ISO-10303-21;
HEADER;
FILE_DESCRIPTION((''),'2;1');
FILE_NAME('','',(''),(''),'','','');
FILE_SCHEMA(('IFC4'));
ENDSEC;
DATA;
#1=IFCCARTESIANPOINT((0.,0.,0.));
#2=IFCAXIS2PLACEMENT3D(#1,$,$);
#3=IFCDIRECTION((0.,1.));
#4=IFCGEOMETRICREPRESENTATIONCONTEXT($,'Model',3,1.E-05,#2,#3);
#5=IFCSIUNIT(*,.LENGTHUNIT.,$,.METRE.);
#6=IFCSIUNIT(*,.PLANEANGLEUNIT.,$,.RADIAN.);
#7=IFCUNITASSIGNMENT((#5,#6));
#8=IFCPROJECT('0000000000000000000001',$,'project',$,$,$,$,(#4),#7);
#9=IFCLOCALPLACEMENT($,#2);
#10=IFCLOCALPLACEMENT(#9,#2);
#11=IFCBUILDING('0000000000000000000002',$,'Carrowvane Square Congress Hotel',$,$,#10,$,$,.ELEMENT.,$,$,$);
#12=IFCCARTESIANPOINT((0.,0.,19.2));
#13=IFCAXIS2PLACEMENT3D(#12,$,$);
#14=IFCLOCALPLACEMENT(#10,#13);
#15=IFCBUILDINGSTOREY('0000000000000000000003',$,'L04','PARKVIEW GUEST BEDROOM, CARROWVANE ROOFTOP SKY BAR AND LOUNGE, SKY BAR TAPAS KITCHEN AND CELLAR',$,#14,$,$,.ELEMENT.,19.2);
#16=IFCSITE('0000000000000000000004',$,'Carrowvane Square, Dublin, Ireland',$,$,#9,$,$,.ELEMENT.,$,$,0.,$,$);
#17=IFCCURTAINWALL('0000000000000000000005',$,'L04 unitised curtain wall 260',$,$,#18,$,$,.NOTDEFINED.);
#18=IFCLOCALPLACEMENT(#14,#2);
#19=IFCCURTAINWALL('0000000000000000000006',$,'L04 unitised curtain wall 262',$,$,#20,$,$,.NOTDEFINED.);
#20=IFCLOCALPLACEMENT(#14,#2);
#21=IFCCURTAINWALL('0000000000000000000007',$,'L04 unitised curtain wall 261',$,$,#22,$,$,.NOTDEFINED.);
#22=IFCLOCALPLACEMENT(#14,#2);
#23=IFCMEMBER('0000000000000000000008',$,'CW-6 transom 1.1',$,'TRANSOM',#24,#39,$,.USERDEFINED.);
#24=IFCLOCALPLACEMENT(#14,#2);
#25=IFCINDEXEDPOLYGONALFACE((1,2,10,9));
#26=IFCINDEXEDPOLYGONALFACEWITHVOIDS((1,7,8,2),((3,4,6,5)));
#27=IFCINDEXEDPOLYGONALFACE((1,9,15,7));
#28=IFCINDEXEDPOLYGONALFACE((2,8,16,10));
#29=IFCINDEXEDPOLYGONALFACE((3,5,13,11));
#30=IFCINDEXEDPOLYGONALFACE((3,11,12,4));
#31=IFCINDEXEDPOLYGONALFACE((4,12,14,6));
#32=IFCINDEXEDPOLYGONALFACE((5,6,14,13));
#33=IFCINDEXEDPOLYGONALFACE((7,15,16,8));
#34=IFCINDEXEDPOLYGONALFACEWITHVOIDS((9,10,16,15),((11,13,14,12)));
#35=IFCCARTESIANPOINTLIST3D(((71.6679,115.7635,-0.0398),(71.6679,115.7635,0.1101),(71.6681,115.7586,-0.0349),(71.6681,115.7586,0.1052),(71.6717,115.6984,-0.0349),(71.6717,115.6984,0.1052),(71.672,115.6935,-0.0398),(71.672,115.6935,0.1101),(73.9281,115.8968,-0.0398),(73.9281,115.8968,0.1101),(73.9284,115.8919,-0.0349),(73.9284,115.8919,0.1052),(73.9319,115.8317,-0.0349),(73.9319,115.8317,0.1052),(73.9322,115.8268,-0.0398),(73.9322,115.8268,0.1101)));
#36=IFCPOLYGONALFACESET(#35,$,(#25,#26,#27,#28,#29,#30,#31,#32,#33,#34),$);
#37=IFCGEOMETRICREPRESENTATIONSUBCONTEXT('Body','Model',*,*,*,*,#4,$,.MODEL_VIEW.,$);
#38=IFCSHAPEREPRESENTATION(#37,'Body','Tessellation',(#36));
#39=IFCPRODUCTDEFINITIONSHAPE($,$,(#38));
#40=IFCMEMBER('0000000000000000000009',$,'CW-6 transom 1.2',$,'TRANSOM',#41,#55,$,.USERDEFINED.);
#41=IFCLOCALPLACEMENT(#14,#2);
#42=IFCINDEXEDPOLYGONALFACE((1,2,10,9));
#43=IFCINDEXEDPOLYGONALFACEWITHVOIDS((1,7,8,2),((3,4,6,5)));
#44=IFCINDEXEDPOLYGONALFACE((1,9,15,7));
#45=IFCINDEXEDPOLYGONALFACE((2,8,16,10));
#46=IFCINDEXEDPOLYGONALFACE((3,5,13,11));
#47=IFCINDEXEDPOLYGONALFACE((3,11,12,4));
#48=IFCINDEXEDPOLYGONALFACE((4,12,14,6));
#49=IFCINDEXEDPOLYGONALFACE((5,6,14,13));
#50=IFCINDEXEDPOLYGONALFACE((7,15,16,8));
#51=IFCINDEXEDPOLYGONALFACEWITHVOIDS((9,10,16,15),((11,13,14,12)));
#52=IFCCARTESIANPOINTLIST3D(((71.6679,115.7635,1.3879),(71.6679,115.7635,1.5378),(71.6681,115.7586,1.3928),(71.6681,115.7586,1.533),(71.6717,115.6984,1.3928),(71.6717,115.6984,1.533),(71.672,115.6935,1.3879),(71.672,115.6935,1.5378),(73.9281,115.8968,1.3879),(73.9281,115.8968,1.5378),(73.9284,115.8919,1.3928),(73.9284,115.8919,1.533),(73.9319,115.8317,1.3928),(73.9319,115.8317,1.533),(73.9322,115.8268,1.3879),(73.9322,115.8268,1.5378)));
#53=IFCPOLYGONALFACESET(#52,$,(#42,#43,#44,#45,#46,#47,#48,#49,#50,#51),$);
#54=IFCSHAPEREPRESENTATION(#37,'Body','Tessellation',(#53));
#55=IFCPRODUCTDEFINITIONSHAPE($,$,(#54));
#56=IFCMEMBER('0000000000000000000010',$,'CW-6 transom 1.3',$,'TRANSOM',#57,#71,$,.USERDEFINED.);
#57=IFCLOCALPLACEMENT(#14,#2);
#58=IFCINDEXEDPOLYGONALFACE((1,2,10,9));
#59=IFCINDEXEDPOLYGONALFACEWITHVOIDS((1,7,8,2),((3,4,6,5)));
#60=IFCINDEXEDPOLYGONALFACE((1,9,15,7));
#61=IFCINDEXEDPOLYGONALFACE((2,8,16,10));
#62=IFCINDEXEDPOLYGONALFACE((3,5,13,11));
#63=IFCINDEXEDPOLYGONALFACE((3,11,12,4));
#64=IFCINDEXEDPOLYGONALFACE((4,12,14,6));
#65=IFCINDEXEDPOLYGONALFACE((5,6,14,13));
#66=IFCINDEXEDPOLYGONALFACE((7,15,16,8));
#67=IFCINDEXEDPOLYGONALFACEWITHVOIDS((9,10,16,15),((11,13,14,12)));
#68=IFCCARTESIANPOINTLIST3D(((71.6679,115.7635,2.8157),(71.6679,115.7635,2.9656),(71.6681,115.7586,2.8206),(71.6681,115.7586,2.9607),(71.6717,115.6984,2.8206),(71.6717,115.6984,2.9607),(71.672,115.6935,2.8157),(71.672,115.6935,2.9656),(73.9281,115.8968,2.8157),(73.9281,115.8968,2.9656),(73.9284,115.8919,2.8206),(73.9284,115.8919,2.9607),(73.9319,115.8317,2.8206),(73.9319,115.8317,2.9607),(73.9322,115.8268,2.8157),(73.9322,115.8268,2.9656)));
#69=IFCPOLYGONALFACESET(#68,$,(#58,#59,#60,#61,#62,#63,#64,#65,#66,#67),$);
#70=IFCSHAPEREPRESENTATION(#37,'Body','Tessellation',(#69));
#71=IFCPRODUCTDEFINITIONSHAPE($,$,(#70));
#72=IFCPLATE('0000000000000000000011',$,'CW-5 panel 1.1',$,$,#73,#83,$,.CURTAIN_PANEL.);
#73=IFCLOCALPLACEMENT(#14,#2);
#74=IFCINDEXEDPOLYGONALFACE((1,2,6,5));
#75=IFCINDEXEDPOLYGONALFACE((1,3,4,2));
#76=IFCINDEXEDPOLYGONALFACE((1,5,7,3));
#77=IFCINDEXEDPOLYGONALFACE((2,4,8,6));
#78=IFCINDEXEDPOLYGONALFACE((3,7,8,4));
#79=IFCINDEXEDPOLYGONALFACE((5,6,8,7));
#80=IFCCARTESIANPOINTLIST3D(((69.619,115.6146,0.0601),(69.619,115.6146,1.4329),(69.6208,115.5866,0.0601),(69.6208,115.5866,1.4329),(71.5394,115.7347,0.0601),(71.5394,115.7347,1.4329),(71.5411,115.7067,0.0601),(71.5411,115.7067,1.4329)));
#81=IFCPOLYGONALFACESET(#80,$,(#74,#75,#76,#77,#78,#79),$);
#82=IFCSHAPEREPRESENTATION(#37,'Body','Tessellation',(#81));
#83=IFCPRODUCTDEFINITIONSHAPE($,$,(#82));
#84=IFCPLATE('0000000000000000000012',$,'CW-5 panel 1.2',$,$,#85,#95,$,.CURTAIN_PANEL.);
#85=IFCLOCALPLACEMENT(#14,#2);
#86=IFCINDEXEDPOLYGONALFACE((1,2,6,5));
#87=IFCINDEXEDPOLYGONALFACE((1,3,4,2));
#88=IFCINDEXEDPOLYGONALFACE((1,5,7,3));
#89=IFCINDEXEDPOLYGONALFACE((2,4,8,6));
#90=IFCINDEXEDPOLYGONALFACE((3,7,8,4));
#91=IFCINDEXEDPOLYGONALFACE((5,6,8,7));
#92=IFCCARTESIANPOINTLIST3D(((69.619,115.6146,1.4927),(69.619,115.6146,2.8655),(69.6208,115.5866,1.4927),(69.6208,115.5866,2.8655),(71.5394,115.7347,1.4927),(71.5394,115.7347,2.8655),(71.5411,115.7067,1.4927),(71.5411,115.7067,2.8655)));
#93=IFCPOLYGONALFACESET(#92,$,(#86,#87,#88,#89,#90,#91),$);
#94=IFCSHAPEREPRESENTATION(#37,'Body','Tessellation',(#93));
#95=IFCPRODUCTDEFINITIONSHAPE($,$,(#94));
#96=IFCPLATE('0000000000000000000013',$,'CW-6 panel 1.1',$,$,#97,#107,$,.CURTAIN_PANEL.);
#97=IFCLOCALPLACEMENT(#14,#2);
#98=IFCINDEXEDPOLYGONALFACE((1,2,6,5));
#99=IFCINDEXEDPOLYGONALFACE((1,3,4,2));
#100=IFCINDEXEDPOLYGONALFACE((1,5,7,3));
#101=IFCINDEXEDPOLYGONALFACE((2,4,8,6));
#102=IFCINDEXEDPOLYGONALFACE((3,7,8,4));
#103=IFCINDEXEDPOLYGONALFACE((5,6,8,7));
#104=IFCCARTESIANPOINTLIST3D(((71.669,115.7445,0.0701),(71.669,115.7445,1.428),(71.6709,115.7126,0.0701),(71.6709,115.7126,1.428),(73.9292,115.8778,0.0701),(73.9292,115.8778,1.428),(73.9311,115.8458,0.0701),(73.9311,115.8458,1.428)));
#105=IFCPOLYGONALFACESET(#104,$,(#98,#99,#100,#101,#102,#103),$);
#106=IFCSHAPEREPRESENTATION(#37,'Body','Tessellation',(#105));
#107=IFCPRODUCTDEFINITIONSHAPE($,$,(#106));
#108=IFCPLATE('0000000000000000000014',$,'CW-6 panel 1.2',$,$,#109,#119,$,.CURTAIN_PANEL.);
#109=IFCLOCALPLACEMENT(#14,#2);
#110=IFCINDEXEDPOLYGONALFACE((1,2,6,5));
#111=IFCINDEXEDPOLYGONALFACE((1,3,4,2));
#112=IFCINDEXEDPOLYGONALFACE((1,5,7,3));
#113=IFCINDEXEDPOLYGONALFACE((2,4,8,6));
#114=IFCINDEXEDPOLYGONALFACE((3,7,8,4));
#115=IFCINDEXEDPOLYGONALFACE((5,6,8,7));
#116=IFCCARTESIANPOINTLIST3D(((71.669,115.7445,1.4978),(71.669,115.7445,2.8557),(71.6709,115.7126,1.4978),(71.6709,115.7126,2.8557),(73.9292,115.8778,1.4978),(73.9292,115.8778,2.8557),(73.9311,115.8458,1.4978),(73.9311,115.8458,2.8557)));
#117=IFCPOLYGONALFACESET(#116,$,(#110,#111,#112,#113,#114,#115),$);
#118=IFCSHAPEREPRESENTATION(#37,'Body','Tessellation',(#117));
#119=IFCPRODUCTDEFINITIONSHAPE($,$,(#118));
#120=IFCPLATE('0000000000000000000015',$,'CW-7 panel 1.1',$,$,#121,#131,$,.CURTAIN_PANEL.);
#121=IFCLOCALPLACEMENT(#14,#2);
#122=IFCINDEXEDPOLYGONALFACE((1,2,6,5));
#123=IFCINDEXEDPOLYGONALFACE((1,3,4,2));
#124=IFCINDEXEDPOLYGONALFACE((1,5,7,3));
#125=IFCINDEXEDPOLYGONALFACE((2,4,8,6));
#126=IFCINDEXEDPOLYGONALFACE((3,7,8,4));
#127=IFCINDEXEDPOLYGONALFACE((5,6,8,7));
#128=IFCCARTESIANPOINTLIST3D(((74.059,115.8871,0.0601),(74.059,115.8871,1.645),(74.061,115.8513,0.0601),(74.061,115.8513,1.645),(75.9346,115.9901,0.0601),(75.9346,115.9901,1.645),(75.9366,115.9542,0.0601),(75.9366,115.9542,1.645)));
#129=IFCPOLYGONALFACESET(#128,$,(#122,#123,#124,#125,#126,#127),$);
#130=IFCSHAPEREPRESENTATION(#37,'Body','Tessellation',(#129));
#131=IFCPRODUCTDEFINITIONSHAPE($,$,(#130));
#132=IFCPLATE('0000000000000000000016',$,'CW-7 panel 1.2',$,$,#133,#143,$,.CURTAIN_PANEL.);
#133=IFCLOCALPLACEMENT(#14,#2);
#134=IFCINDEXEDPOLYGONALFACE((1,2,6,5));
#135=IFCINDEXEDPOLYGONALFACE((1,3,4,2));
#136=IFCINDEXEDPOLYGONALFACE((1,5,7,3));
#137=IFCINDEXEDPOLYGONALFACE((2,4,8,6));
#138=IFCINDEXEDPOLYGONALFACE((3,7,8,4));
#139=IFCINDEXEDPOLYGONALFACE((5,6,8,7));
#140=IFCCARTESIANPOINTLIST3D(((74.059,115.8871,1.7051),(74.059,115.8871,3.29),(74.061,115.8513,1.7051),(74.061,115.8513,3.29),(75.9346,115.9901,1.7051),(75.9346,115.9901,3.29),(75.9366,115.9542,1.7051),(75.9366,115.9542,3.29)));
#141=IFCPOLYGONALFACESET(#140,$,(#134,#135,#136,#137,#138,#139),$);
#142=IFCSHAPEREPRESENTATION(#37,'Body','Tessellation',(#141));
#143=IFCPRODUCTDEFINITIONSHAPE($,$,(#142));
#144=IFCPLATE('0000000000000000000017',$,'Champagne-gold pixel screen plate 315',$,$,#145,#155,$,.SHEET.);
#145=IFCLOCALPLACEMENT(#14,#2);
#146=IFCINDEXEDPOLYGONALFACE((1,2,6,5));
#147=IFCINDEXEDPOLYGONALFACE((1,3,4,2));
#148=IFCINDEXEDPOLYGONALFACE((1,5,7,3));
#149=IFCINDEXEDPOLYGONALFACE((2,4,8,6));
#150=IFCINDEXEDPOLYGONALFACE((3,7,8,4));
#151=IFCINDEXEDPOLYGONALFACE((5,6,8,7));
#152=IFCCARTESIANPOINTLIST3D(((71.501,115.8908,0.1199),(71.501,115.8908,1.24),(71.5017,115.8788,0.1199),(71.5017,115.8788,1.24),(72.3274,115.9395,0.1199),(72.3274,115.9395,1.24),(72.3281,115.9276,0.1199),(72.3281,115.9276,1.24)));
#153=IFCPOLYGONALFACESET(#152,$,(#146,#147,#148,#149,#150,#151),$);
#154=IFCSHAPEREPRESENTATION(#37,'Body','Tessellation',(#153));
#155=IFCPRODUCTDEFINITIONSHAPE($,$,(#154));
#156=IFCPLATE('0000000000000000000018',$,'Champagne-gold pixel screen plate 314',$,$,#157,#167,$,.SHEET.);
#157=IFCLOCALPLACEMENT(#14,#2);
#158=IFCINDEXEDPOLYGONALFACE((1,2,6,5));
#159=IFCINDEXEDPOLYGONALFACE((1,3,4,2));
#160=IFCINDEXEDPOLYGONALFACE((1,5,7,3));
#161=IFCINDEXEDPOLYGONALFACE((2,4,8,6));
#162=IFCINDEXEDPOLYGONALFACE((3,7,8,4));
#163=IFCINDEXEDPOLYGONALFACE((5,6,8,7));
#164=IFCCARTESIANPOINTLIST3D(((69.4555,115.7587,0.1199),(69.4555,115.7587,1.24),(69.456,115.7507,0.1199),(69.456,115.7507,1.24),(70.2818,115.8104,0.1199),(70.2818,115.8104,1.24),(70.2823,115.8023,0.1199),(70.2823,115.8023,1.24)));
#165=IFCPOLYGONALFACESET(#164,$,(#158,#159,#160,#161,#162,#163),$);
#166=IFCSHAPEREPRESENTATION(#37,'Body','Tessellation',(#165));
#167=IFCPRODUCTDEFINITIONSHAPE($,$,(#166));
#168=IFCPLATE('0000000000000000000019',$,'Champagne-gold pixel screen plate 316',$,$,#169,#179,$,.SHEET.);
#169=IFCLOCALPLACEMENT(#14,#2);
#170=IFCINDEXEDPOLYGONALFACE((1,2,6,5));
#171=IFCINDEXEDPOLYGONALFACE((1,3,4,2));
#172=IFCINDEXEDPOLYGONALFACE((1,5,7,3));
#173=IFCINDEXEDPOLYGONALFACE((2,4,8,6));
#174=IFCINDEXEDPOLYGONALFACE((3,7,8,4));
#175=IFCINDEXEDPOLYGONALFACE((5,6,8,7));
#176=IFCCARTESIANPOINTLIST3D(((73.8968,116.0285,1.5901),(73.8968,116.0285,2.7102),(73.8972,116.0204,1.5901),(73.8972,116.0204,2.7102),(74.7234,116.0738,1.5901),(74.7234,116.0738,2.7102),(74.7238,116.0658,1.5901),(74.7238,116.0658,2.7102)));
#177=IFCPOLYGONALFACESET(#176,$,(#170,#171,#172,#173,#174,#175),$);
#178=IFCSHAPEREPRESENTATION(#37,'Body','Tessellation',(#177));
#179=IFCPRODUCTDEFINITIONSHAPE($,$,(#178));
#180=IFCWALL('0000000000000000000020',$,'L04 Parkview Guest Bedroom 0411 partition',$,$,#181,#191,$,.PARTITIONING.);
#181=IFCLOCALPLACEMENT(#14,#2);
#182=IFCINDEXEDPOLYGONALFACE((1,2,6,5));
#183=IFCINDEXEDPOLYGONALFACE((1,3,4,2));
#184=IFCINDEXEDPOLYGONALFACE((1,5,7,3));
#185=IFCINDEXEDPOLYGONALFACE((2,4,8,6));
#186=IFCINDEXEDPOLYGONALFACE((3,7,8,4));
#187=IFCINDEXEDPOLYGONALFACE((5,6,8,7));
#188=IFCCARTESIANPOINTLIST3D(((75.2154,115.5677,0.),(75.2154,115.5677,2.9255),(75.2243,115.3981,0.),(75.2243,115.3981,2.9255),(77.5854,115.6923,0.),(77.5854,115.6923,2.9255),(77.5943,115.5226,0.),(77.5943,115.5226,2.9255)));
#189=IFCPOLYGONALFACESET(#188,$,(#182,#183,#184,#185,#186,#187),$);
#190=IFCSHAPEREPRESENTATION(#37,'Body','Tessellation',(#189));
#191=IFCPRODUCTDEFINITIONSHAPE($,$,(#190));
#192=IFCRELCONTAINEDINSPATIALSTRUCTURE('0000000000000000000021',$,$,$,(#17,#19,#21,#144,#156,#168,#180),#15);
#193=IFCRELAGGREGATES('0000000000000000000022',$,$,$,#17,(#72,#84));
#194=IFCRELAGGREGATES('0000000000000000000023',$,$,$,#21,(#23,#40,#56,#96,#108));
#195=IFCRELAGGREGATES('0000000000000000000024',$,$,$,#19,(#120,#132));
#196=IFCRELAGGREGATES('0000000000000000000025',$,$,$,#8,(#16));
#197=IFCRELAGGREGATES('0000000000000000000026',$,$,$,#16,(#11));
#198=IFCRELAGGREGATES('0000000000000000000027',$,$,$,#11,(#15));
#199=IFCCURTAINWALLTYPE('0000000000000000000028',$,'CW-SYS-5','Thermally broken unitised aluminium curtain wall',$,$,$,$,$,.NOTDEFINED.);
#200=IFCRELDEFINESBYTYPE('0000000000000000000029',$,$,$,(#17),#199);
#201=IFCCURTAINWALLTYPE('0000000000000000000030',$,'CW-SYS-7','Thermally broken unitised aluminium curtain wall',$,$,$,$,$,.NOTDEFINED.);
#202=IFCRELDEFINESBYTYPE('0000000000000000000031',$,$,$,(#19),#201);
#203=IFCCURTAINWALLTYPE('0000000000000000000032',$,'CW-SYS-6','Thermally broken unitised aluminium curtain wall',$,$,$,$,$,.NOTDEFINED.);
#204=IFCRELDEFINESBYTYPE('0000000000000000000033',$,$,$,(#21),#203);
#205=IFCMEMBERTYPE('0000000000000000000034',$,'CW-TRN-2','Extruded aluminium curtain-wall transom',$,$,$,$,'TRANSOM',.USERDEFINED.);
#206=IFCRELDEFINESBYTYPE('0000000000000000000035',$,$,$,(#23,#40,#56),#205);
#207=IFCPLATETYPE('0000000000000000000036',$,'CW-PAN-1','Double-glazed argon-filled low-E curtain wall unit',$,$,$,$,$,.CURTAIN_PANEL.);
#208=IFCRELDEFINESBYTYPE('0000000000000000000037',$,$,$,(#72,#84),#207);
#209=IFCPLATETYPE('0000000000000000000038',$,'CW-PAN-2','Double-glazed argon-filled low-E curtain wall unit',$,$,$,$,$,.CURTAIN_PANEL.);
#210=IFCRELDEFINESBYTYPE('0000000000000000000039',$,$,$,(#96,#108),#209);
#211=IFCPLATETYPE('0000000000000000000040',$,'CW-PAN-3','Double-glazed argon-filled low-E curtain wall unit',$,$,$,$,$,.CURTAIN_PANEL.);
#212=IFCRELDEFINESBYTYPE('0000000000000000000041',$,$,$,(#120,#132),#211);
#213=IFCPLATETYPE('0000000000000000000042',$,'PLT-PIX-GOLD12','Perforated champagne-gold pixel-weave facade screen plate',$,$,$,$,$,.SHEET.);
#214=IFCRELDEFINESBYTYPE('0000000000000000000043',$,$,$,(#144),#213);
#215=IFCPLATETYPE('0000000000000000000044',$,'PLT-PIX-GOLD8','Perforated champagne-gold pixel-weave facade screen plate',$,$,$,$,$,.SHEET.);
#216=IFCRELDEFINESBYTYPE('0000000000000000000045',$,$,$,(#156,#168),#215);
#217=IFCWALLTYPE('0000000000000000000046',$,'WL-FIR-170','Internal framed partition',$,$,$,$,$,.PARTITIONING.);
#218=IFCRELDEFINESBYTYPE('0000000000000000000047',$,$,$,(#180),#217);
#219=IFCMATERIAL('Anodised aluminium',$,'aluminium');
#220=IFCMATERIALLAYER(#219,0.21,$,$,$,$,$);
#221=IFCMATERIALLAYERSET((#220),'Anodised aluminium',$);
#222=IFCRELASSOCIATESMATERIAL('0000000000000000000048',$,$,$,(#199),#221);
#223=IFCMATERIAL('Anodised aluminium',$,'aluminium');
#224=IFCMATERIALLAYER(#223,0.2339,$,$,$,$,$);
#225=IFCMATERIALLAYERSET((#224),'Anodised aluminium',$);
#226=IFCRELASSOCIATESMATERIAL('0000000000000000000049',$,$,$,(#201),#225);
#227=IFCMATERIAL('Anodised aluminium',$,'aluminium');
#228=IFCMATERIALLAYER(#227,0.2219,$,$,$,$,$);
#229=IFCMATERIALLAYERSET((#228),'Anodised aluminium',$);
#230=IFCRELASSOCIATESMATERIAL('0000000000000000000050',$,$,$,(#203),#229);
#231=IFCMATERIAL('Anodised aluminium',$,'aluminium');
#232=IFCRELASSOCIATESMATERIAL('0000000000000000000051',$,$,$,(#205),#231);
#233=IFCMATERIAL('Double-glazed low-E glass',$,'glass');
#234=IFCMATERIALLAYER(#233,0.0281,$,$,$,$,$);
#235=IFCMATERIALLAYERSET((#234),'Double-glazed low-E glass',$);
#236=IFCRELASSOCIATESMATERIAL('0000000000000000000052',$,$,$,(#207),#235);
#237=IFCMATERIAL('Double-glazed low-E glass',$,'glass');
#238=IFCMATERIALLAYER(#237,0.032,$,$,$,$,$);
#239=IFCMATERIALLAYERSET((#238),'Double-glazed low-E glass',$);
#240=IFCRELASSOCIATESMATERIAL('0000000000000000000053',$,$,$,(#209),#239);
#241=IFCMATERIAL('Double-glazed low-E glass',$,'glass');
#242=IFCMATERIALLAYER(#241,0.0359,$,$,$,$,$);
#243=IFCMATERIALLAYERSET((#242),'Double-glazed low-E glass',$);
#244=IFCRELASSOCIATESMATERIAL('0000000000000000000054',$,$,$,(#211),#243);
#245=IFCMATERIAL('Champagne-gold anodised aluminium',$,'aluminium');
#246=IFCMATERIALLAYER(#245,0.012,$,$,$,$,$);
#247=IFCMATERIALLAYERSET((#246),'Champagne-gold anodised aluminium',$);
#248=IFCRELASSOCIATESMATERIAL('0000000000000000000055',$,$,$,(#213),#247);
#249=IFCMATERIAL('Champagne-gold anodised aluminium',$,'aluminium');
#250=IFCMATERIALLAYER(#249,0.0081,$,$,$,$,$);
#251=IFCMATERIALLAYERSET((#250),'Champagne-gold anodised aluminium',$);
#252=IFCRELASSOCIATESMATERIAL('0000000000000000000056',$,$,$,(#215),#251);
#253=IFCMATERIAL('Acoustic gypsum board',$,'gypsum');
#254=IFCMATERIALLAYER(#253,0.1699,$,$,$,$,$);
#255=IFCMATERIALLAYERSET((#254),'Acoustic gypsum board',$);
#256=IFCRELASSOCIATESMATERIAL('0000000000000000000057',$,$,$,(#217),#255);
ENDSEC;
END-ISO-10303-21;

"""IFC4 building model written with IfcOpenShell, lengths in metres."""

from ifc_helpers import new_model, si_unit, direction, frame, frame_2d, origin, origin_2d, place, context, subcontext, project, spatial, rectangle, hollow_rectangle, extrude, material, layer, layer_set, material_profile, profile_set, type_object, element, aggregate, save


model = new_model("IFC4")

# Units and contexts
model_context = context("Model", 3, precision=1e-05, world=origin(), true_north=direction((0.0, 1.0)))
body_context = subcontext(model_context, "Body", "Model", "MODEL_VIEW")
ifc_project = project(units=[si_unit("LENGTHUNIT", "METRE"), si_unit("PLANEANGLEUNIT", "RADIAN")], contexts=[model_context])

# Site, building, storey
site_placement = place(None, origin())
site = spatial("IfcSite", under=ifc_project, at=site_placement, Name="Carrowvane Square, Dublin, Ireland", CompositionType="ELEMENT", RefElevation=0.0)
building_placement = place(site_placement, origin())
building = spatial("IfcBuilding", under=site, at=building_placement, Name="Carrowvane Square Congress Hotel", CompositionType="ELEMENT")
storey_placement = place(building_placement, frame((0.0, 0.0, 19.2)))
storey = spatial("IfcBuildingStorey", under=building, at=storey_placement, Name="L04", Description="PARKVIEW GUEST BEDROOM, CARROWVANE ROOFTOP SKY BAR AND LOUNGE, SKY BAR TAPAS KITCHEN AND CELLAR", CompositionType="ELEMENT", Elevation=19.2)

# Curtain walls
ifc_material_1 = material(Name="Anodised aluminium", Category="aluminium")
ifc_layer_1 = layer(ifc_material_1, 0.21)
ifc_layer_set_1 = layer_set([ifc_layer_1], Name="Anodised aluminium")
curtain_wall_type_1 = type_object("IfcCurtainWallType", Name="CW-SYS-5", Description="Thermally broken unitised aluminium curtain wall", PredefinedType="NOTDEFINED", material=ifc_layer_set_1)
curtain_wall_1_placement = place(storey_placement, origin())
curtain_wall_1 = element("IfcCurtainWall", 1, at=curtain_wall_1_placement, inside=storey, type_object=curtain_wall_type_1, Name="L04 unitised curtain wall 260", PredefinedType="NOTDEFINED")
ifc_material_2 = material(Name="Anodised aluminium", Category="aluminium")
ifc_layer_2 = layer(ifc_material_2, 0.2339)
ifc_layer_set_2 = layer_set([ifc_layer_2], Name="Anodised aluminium")
curtain_wall_type_2 = type_object("IfcCurtainWallType", Name="CW-SYS-7", Description="Thermally broken unitised aluminium curtain wall", PredefinedType="NOTDEFINED", material=ifc_layer_set_2)
curtain_wall_2_placement = place(storey_placement, origin())
curtain_wall_2 = element("IfcCurtainWall", 2, at=curtain_wall_2_placement, inside=storey, type_object=curtain_wall_type_2, Name="L04 unitised curtain wall 262", PredefinedType="NOTDEFINED")

# Curtain wall
ifc_material_3 = material(Name="Anodised aluminium", Category="aluminium")
ifc_layer_3 = layer(ifc_material_3, 0.2219)
ifc_layer_set_3 = layer_set([ifc_layer_3], Name="Anodised aluminium")
curtain_wall_type_3 = type_object("IfcCurtainWallType", Name="CW-SYS-6", Description="Thermally broken unitised aluminium curtain wall", PredefinedType="NOTDEFINED", material=ifc_layer_set_3)
curtain_wall_3_placement = place(storey_placement, origin())
curtain_wall_3 = element("IfcCurtainWall", 3, at=curtain_wall_3_placement, inside=storey, type_object=curtain_wall_type_3, Name="L04 unitised curtain wall 261", PredefinedType="NOTDEFINED")

# Members
ifc_material_4 = material(Name="Anodised aluminium", Category="aluminium")
ifc_material_profile_1 = material_profile(ifc_material_4, hollow_rectangle(XDim=0.0701, YDim=0.1499, WallThickness=0.0049, at=origin_2d()), Name="CW-TR 70x150x5")
ifc_profile_set_1 = profile_set([ifc_material_profile_1], Name="Anodised aluminium")
member_type_1 = type_object("IfcMemberType", Name="CW-TRN-2", Description="Extruded aluminium curtain-wall transom", ElementType="TRANSOM", PredefinedType="USERDEFINED", material=ifc_profile_set_1)
member_1_placement = place(storey_placement, frame((71.6699, 115.7285, 0.0352), z_axis=(0.998265, 0.058874, 0.0), x_axis=(-0.058874, 0.998265, 0.0)))
member_1 = element("IfcMember", 4, at=member_1_placement, type_object=member_type_1, Name="CW-6 transom 1.1", ObjectType="TRANSOM", PredefinedType="USERDEFINED", context=body_context, shape_type="SweptSolid", body=[
    extrude(hollow_rectangle(XDim=0.0701, YDim=0.1499, WallThickness=0.0049, at=origin_2d()), origin(), (0.0, 0.0, 1.0), 2.2642),
])
member_2_placement = place(storey_placement, frame((71.6699, 115.7285, 1.4629), z_axis=(0.998265, 0.058874, 0.0), x_axis=(-0.058874, 0.998265, 0.0)))
member_2 = element("IfcMember", 5, at=member_2_placement, type_object=member_type_1, Name="CW-6 transom 1.2", ObjectType="TRANSOM", PredefinedType="USERDEFINED", context=body_context, shape_type="SweptSolid", body=[
    extrude(hollow_rectangle(XDim=0.0701, YDim=0.1499, WallThickness=0.0049, at=origin_2d()), origin(), (0.0, 0.0, 1.0), 2.2642),
])
member_3_placement = place(storey_placement, frame((71.6699, 115.7285, 2.8906), z_axis=(0.998265, 0.058874, 0.0), x_axis=(-0.058874, 0.998265, 0.0)))
member_3 = element("IfcMember", 6, at=member_3_placement, type_object=member_type_1, Name="CW-6 transom 1.3", ObjectType="TRANSOM", PredefinedType="USERDEFINED", context=body_context, shape_type="SweptSolid", body=[
    extrude(hollow_rectangle(XDim=0.0701, YDim=0.1499, WallThickness=0.0049, at=origin_2d()), origin(), (0.0, 0.0, 1.0), 2.2642),
])

# Plates
ifc_material_5 = material(Name="Double-glazed low-E glass", Category="glass")
ifc_layer_4 = layer(ifc_material_5, 0.0281)
ifc_layer_set_4 = layer_set([ifc_layer_4], Name="Double-glazed low-E glass")
plate_type_1 = type_object("IfcPlateType", Name="CW-PAN-1", Description="Double-glazed argon-filled low-E curtain wall unit", PredefinedType="CURTAIN_PANEL", material=ifc_layer_set_4)
plate_1_placement = place(storey_placement, frame((70.5801, 115.6606, 0.0601), z_axis=(0.0, 0.0, 1.0), x_axis=(0.998051, 0.062397, 0.0)))
plate_1 = element("IfcPlate", 7, at=plate_1_placement, type_object=plate_type_1, Name="CW-5 panel 1.1", PredefinedType="CURTAIN_PANEL", context=body_context, shape_type="SweptSolid", body=[
    extrude(rectangle(XDim=1.9241, YDim=0.0281, at=origin_2d()), origin(), (0.0, 0.0, 1.0), 1.3728),
])
plate_2_placement = place(storey_placement, frame((70.5801, 115.6606, 1.4927), z_axis=(0.0, 0.0, 1.0), x_axis=(0.998051, 0.062397, 0.0)))
plate_2 = element("IfcPlate", 8, at=plate_2_placement, type_object=plate_type_1, Name="CW-5 panel 1.2", PredefinedType="CURTAIN_PANEL", context=body_context, shape_type="SweptSolid", body=[
    extrude(rectangle(XDim=1.9241, YDim=0.0281, at=origin_2d()), origin(), (0.0, 0.0, 1.0), 1.3728),
])
aggregate(curtain_wall_1, [plate_1, plate_2])
ifc_material_6 = material(Name="Double-glazed low-E glass", Category="glass")
ifc_layer_5 = layer(ifc_material_6, 0.032)
ifc_layer_set_5 = layer_set([ifc_layer_5], Name="Double-glazed low-E glass")
plate_type_2 = type_object("IfcPlateType", Name="CW-PAN-2", Description="Double-glazed argon-filled low-E curtain wall unit", PredefinedType="CURTAIN_PANEL", material=ifc_layer_set_5)
plate_3_placement = place(storey_placement, frame((72.8, 115.7952, 0.0701), z_axis=(0.0, 0.0, 1.0), x_axis=(0.998267, 0.058851, 0.0)))
plate_3 = element("IfcPlate", 9, at=plate_3_placement, type_object=plate_type_2, Name="CW-6 panel 1.1", PredefinedType="CURTAIN_PANEL", context=body_context, shape_type="SweptSolid", body=[
    extrude(rectangle(XDim=2.2642, YDim=0.032, at=origin_2d()), origin(), (0.0, 0.0, 1.0), 1.3579),
])
plate_4_placement = place(storey_placement, frame((72.8, 115.7952, 1.4978), z_axis=(0.0, 0.0, 1.0), x_axis=(0.998267, 0.058851, 0.0)))
plate_4 = element("IfcPlate", 10, at=plate_4_placement, type_object=plate_type_2, Name="CW-6 panel 1.2", PredefinedType="CURTAIN_PANEL", context=body_context, shape_type="SweptSolid", body=[
    extrude(rectangle(XDim=2.2642, YDim=0.032, at=origin_2d()), origin(), (0.0, 0.0, 1.0), 1.3579),
])
aggregate(curtain_wall_3, [member_1, member_2, member_3, plate_3, plate_4])
ifc_material_7 = material(Name="Double-glazed low-E glass", Category="glass")
ifc_layer_6 = layer(ifc_material_7, 0.0359)
ifc_layer_set_6 = layer_set([ifc_layer_6], Name="Double-glazed low-E glass")
plate_type_3 = type_object("IfcPlateType", Name="CW-PAN-3", Description="Double-glazed argon-filled low-E curtain wall unit", PredefinedType="CURTAIN_PANEL", material=ifc_layer_set_6)
plate_5_placement = place(storey_placement, frame((74.9978, 115.9207, 0.0601), z_axis=(0.0, 0.0, 1.0), x_axis=(0.998496, 0.054816, 0.0)))
plate_5 = element("IfcPlate", 11, at=plate_5_placement, type_object=plate_type_3, Name="CW-7 panel 1.1", PredefinedType="CURTAIN_PANEL", context=body_context, shape_type="SweptSolid", body=[
    extrude(rectangle(XDim=1.8784, YDim=0.0359, at=origin_2d()), origin(), (0.0, 0.0, 1.0), 1.585),
])
plate_6_placement = place(storey_placement, frame((74.9978, 115.9207, 1.7051), z_axis=(0.0, 0.0, 1.0), x_axis=(0.998496, 0.054816, 0.0)))
plate_6 = element("IfcPlate", 12, at=plate_6_placement, type_object=plate_type_3, Name="CW-7 panel 1.2", PredefinedType="CURTAIN_PANEL", context=body_context, shape_type="SweptSolid", body=[
    extrude(rectangle(XDim=1.8784, YDim=0.0359, at=origin_2d()), origin(), (0.0, 0.0, 1.0), 1.585),
])
aggregate(curtain_wall_2, [plate_5, plate_6])

# Plates
ifc_material_8 = material(Name="Champagne-gold anodised aluminium", Category="aluminium")
ifc_layer_7 = layer(ifc_material_8, 0.012)
ifc_layer_set_7 = layer_set([ifc_layer_7], Name="Champagne-gold anodised aluminium")
plate_type_4 = type_object("IfcPlateType", Name="PLT-PIX-GOLD12", Description="Perforated champagne-gold pixel-weave facade screen plate", PredefinedType="SHEET", material=ifc_layer_set_7)
plate_7_placement = place(storey_placement, frame((71.9146, 115.9092, 0.1199), z_axis=(0.0, 0.0, 1.0), x_axis=(0.998267, 0.058852, 0.0)))
element("IfcPlate", 13, at=plate_7_placement, inside=storey, type_object=plate_type_4, Name="Champagne-gold pixel screen plate 315", PredefinedType="SHEET", context=body_context, shape_type="SweptSolid", body=[
    extrude(rectangle(XDim=0.8279, YDim=0.012, at=origin_2d()), origin(), (0.0, 0.0, 1.0), 1.1201),
])
ifc_material_9 = material(Name="Champagne-gold anodised aluminium", Category="aluminium")
ifc_layer_8 = layer(ifc_material_9, 0.0081)
ifc_layer_set_8 = layer_set([ifc_layer_8], Name="Champagne-gold anodised aluminium")
plate_type_5 = type_object("IfcPlateType", Name="PLT-PIX-GOLD8", Description="Perforated champagne-gold pixel-weave facade screen plate", PredefinedType="SHEET", material=ifc_layer_set_8)
for number, where, z_axis, x_axis, name in (
    (14, (69.8689, 115.7805, 0.1199), (0.0, 0.0, 1.0), (0.998051, 0.062397, 0.0), "Champagne-gold pixel screen plate 314"),
    (15, (74.3103, 116.0471, 1.5901), (0.0, 0.0, 1.0), (0.998497, 0.054815, 0.0), "Champagne-gold pixel screen plate 316"),
):
    element("IfcPlate", number, at=place(storey_placement, frame(where, z_axis=z_axis, x_axis=x_axis)), inside=storey, type_object=plate_type_5, Name=name, PredefinedType="SHEET", context=body_context, shape_type="SweptSolid", body=[
        extrude(rectangle(XDim=0.8279, YDim=0.0081, at=origin_2d()), origin(), (0.0, 0.0, 1.0), 1.1201),
    ])

# Wall
ifc_material_10 = material(Name="Acoustic gypsum board", Category="gypsum")
ifc_layer_9 = layer(ifc_material_10, 0.1699)
ifc_layer_set_9 = layer_set([ifc_layer_9], Name="Acoustic gypsum board")
wall_type_1 = type_object("IfcWallType", Name="WL-FIR-170", Description="Internal framed partition", PredefinedType="PARTITIONING", material=ifc_layer_set_9)
wall_1_placement = place(storey_placement, frame((75.22, 115.4829, 0.0), z_axis=(0.0, 0.0, 1.0), x_axis=(0.998623, 0.052462, 0.0)))
element("IfcWall", 16, at=wall_1_placement, inside=storey, type_object=wall_type_1, Name="L04 Parkview Guest Bedroom 0411 partition", PredefinedType="PARTITIONING", context=body_context, shape_type="SweptSolid", body=[
    extrude(rectangle(XDim=2.3733, YDim=0.1699, at=frame_2d((1.1865, 0.0))), origin(), (0.0, 0.0, 1.0), 2.9255),
])

save(model, "model.ifc")
